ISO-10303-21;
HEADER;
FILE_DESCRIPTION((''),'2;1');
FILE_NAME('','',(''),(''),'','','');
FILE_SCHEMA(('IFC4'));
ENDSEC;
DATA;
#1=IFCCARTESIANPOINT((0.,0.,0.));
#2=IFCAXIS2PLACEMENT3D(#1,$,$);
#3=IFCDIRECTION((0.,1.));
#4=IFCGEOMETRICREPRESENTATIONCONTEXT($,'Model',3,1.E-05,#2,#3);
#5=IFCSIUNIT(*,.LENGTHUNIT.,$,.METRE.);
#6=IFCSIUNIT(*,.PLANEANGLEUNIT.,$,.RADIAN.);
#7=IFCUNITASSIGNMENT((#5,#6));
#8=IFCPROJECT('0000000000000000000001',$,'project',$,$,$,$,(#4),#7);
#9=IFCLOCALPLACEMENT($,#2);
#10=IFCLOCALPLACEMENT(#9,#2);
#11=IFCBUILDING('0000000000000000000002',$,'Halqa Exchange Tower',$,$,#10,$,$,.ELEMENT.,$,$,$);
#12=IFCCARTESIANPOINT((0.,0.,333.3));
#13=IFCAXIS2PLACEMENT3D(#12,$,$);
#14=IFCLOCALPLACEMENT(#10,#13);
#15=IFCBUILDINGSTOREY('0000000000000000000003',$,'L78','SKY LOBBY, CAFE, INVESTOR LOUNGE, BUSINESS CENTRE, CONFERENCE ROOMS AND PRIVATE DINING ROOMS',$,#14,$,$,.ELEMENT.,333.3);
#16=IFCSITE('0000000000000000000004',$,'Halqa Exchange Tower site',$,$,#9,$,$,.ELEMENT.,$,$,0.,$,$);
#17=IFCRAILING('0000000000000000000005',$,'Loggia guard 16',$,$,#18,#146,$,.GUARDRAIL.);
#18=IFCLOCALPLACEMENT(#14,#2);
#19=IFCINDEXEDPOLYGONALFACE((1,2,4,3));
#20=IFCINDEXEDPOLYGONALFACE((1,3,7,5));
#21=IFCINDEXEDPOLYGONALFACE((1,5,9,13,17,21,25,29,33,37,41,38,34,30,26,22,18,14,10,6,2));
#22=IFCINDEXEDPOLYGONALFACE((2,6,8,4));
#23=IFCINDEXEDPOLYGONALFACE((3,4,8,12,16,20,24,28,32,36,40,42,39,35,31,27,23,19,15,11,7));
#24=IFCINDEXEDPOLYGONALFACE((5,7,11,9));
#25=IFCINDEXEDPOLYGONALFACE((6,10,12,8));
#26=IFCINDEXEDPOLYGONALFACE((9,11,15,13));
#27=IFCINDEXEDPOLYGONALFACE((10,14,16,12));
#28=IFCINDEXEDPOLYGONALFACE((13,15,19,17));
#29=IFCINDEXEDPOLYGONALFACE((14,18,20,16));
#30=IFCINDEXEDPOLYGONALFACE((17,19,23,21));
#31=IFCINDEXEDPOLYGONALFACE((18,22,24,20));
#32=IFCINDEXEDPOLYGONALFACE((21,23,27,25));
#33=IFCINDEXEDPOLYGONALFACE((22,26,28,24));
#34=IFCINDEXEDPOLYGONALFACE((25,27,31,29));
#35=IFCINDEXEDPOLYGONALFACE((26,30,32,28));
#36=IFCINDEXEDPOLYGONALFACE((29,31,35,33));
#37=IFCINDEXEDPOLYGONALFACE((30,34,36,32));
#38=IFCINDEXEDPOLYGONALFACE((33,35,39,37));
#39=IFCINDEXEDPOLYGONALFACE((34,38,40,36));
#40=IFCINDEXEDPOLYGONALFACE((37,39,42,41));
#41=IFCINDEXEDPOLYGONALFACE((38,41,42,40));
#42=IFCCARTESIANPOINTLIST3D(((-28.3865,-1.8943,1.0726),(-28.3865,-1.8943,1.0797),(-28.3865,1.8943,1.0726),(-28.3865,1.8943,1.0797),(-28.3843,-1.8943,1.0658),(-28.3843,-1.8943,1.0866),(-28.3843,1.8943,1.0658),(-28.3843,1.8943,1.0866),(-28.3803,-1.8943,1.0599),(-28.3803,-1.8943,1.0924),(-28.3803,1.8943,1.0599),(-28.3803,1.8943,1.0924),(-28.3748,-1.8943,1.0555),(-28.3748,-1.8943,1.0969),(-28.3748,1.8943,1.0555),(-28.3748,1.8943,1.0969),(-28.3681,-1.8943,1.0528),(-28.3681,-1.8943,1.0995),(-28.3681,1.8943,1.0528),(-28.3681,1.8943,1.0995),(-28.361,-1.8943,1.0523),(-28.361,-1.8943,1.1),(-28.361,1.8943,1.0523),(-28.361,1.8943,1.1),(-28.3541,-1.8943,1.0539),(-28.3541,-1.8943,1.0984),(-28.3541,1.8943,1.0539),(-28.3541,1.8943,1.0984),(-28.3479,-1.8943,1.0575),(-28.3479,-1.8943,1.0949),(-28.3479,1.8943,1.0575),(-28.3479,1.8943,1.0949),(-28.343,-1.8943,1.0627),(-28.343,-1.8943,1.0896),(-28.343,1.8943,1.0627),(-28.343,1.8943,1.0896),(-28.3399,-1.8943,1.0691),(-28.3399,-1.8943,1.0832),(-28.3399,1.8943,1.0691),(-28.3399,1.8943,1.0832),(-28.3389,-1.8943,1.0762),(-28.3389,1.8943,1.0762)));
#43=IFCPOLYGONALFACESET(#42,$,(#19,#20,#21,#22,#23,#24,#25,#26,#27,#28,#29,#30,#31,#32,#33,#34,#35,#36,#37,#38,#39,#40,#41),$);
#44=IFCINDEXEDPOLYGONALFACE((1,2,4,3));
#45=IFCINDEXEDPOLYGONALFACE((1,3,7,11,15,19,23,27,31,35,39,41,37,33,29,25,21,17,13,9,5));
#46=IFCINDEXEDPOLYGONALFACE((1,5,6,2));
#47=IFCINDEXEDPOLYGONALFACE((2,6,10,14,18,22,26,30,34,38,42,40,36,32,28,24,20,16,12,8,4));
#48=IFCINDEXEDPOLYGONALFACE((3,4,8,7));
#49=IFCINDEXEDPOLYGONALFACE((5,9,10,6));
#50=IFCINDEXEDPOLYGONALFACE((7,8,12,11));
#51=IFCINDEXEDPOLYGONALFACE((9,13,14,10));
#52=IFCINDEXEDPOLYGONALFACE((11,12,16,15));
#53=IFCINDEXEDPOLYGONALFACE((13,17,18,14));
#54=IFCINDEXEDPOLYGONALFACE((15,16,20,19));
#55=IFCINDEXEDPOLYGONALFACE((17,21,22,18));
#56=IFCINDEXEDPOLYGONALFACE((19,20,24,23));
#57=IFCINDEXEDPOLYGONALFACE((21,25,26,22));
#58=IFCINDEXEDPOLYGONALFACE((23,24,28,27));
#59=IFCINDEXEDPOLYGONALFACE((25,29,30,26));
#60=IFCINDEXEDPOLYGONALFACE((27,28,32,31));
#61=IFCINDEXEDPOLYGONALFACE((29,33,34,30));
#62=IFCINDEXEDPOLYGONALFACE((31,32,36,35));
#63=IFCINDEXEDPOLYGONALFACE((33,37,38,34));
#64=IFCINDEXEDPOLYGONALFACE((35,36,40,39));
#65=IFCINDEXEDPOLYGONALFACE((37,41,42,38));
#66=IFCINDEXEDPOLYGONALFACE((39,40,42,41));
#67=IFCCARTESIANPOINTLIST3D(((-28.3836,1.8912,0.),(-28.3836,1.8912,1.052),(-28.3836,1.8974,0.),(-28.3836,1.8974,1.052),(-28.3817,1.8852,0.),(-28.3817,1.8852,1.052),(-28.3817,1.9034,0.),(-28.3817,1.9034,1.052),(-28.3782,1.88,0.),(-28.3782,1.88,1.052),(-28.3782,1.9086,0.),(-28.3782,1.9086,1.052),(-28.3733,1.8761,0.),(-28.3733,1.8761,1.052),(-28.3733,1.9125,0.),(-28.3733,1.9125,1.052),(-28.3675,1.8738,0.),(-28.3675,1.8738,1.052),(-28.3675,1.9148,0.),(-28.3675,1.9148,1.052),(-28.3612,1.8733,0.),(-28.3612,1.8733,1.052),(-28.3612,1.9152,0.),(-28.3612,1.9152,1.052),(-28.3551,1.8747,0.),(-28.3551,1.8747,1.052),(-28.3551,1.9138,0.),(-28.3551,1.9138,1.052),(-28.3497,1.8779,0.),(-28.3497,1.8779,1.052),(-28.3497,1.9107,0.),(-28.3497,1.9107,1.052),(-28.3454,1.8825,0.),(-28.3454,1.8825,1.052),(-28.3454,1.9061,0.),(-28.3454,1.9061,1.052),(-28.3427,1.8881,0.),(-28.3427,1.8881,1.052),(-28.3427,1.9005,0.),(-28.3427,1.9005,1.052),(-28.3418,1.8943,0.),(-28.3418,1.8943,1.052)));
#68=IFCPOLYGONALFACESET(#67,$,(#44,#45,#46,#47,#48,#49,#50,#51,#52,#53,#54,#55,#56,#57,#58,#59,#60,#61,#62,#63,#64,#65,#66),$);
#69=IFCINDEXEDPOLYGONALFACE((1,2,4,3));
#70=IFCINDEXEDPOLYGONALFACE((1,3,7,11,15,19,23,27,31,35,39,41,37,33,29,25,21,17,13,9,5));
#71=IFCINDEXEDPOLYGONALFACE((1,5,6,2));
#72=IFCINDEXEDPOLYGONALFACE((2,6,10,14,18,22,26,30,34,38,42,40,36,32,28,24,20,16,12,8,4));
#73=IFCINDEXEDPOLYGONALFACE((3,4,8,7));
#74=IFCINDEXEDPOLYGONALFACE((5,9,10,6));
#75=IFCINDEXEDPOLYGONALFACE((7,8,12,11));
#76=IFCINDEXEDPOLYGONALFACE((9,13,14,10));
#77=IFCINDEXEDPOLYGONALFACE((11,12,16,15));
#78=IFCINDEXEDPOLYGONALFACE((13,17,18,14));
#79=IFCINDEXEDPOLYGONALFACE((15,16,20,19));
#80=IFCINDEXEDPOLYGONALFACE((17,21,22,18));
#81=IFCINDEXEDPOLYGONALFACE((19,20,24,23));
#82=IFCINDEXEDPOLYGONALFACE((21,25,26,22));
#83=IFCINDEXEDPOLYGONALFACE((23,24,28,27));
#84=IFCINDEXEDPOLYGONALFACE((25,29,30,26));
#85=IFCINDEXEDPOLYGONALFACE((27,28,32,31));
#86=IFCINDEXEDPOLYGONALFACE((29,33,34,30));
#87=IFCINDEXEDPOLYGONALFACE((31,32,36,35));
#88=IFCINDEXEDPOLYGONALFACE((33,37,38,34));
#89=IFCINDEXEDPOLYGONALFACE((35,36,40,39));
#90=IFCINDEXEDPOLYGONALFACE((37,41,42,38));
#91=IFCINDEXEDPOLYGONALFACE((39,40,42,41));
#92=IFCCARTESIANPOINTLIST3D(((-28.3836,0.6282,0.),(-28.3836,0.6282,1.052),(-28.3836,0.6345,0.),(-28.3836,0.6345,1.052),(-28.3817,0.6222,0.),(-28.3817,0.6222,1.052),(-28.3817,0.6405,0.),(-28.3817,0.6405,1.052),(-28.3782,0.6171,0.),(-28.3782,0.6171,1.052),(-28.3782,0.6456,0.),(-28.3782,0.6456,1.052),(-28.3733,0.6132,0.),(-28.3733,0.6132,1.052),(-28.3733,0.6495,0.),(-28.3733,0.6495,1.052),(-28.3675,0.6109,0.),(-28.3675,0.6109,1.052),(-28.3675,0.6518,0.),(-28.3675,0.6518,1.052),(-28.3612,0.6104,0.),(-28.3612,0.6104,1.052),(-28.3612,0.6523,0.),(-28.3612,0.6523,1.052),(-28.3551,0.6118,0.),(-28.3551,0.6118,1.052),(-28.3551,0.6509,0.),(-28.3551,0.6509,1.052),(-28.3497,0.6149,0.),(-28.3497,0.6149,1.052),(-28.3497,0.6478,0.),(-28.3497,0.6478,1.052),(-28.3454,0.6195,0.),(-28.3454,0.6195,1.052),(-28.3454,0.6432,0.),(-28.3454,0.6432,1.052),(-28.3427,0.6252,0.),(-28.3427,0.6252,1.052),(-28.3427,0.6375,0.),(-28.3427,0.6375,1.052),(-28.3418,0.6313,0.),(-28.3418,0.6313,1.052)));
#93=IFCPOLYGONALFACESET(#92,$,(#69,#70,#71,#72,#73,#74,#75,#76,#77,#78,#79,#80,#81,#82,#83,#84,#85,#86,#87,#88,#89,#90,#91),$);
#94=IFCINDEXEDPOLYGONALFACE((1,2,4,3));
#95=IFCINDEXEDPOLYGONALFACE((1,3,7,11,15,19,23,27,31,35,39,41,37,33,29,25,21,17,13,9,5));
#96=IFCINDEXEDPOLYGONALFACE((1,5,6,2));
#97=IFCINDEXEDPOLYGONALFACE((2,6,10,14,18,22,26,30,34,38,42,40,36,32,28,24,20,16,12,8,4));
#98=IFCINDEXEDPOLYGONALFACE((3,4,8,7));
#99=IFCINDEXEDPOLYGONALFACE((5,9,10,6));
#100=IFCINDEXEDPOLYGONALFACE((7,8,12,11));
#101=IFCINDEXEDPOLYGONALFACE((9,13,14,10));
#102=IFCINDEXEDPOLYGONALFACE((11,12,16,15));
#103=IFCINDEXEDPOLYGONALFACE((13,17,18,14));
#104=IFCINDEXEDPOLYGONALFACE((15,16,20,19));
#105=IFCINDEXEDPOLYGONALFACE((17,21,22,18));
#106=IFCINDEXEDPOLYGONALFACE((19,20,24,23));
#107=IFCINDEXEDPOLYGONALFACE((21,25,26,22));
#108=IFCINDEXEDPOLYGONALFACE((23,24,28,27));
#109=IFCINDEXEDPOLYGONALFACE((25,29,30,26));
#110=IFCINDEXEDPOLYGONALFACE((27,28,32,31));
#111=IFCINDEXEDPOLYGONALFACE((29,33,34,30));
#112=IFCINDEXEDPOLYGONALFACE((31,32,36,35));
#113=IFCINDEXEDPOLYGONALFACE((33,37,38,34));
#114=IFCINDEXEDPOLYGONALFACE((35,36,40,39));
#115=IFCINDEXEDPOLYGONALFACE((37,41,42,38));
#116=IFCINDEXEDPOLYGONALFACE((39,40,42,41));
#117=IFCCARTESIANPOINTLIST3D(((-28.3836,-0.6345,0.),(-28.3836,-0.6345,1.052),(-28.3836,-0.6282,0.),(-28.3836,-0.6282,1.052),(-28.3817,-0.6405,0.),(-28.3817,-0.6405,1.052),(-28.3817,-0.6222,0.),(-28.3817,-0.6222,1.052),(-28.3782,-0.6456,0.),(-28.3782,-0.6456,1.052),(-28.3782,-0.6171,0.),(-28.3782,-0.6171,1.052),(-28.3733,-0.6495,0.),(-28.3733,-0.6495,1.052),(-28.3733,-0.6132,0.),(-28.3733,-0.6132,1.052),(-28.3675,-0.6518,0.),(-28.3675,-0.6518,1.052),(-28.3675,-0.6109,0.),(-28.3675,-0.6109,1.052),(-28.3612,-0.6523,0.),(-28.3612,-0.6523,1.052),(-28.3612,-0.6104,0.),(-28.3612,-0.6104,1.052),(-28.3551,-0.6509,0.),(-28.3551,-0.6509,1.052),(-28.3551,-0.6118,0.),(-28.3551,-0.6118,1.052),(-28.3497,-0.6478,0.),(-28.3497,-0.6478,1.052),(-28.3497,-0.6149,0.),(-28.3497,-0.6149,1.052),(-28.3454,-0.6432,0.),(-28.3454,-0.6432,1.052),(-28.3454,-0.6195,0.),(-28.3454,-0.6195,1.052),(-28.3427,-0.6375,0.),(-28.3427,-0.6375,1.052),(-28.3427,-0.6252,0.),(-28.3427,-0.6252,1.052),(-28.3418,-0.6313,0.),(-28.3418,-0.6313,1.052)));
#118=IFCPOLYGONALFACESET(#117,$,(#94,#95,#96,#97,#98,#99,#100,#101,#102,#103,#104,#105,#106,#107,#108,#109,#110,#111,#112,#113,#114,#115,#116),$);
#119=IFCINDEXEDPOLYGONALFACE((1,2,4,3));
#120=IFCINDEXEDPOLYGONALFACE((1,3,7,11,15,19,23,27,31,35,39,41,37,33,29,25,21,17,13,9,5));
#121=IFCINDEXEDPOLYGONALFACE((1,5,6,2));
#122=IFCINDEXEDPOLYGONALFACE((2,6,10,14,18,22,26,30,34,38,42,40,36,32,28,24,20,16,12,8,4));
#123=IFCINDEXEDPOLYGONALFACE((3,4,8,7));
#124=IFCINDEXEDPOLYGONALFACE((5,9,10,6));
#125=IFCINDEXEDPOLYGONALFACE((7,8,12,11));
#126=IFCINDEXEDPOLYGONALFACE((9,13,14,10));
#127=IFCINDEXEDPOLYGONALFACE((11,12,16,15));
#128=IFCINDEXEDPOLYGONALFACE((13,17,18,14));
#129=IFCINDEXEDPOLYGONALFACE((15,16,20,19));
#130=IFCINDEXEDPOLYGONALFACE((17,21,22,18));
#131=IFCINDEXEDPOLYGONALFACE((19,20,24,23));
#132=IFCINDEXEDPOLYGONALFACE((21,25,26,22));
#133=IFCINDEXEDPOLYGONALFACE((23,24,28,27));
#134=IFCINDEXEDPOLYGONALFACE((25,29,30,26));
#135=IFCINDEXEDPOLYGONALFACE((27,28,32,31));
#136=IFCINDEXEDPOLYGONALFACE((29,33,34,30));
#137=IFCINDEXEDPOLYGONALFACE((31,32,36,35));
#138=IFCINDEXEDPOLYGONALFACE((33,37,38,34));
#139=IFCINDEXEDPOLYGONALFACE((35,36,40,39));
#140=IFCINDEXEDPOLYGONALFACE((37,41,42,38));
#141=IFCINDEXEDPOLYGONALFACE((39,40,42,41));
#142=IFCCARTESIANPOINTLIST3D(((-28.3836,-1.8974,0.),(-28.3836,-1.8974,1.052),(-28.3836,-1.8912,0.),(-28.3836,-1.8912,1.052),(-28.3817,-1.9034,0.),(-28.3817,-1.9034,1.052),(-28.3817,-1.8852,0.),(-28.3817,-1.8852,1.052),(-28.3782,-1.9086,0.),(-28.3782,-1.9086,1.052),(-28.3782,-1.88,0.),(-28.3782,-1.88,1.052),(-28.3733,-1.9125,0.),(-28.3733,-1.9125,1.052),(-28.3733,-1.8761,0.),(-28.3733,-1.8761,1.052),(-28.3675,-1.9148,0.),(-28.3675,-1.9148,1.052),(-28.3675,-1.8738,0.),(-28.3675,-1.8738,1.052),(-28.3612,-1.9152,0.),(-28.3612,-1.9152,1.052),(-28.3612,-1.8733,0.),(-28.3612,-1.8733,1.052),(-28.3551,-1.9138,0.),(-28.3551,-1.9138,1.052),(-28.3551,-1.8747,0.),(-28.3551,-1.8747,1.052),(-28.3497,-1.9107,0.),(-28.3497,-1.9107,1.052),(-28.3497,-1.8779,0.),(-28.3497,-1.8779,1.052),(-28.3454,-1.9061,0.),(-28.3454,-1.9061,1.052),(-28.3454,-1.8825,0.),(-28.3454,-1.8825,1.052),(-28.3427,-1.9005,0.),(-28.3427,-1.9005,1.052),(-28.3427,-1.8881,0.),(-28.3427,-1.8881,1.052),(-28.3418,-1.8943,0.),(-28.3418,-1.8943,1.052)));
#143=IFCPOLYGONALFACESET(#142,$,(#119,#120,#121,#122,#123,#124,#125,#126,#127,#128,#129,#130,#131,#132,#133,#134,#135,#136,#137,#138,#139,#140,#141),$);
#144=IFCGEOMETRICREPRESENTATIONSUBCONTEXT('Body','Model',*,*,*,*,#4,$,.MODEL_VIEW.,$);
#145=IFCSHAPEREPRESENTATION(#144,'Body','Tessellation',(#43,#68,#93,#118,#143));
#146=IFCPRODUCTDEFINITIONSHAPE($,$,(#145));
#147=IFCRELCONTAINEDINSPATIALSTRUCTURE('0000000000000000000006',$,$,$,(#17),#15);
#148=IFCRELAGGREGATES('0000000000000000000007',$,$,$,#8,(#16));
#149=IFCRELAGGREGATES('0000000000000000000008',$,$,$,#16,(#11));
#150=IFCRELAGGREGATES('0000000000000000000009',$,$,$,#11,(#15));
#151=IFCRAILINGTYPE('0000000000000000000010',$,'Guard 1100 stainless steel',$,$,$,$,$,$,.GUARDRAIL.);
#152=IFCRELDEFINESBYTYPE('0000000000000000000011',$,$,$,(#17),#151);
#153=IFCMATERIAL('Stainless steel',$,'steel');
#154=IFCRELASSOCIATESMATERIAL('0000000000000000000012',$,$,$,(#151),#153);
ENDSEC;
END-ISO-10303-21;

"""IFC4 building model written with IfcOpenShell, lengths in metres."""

from ifc_helpers import new_model, si_unit, direction, frame, origin, origin_2d, place, context, subcontext, project, spatial, circle, extrude, material, type_object, element, save


model = new_model("IFC4")

# Units and contexts
model_context = context("Model", 3, precision=1e-05, world=origin(), true_north=direction((0.0, 1.0)))
body_context = subcontext(model_context, "Body", "Model", "MODEL_VIEW")
ifc_project = project(units=[si_unit("LENGTHUNIT", "METRE"), si_unit("PLANEANGLEUNIT", "RADIAN")], contexts=[model_context])

# Site, building, storey
site_placement = place(None, origin())
site = spatial("IfcSite", under=ifc_project, at=site_placement, Name="Halqa Exchange Tower site", CompositionType="ELEMENT", RefElevation=0.0)
building_placement = place(site_placement, origin())
building = spatial("IfcBuilding", under=site, at=building_placement, Name="Halqa Exchange Tower", CompositionType="ELEMENT")
storey_placement = place(building_placement, frame((0.0, 0.0, 333.3)))
storey = spatial("IfcBuildingStorey", under=building, at=storey_placement, Name="L78", Description="SKY LOBBY, CAFE, INVESTOR LOUNGE, BUSINESS CENTRE, CONFERENCE ROOMS AND PRIVATE DINING ROOMS", CompositionType="ELEMENT", Elevation=333.3)

# Railing
ifc_material_1 = material(Name="Stainless steel", Category="steel")
railing_type = type_object("IfcRailingType", Name="Guard 1100 stainless steel", PredefinedType="GUARDRAIL", material=ifc_material_1)
railing_1_placement = place(storey_placement, frame((-28.3628, 1.8943, 0.0)))
element("IfcRailing", 1, at=railing_1_placement, inside=storey, type_object=railing_type, Name="Loggia guard 16", PredefinedType="GUARDRAIL", context=body_context, shape_type="SweptSolid", body=[
    extrude(circle(Radius=0.0239, at=origin_2d()), frame((0.0, 0.0, 1.0762), z_axis=(0.0, -1.0, 0.0), x_axis=(1.0, 0.0, 0.0)), (0.0, 0.0, 1.0), 3.7886),
    extrude(circle(Radius=0.021, at=origin_2d()), origin(), (0.0, 0.0, 1.0), 1.052),
    extrude(circle(Radius=0.021, at=origin_2d()), frame((0.0, -1.2629, 0.0)), (0.0, 0.0, 1.0), 1.052),
    extrude(circle(Radius=0.021, at=origin_2d()), frame((0.0, -2.5256, 0.0)), (0.0, 0.0, 1.0), 1.052),
    extrude(circle(Radius=0.021, at=origin_2d()), frame((0.0, -3.7886, 0.0)), (0.0, 0.0, 1.0), 1.052),
])

save(model, "model.ifc")
